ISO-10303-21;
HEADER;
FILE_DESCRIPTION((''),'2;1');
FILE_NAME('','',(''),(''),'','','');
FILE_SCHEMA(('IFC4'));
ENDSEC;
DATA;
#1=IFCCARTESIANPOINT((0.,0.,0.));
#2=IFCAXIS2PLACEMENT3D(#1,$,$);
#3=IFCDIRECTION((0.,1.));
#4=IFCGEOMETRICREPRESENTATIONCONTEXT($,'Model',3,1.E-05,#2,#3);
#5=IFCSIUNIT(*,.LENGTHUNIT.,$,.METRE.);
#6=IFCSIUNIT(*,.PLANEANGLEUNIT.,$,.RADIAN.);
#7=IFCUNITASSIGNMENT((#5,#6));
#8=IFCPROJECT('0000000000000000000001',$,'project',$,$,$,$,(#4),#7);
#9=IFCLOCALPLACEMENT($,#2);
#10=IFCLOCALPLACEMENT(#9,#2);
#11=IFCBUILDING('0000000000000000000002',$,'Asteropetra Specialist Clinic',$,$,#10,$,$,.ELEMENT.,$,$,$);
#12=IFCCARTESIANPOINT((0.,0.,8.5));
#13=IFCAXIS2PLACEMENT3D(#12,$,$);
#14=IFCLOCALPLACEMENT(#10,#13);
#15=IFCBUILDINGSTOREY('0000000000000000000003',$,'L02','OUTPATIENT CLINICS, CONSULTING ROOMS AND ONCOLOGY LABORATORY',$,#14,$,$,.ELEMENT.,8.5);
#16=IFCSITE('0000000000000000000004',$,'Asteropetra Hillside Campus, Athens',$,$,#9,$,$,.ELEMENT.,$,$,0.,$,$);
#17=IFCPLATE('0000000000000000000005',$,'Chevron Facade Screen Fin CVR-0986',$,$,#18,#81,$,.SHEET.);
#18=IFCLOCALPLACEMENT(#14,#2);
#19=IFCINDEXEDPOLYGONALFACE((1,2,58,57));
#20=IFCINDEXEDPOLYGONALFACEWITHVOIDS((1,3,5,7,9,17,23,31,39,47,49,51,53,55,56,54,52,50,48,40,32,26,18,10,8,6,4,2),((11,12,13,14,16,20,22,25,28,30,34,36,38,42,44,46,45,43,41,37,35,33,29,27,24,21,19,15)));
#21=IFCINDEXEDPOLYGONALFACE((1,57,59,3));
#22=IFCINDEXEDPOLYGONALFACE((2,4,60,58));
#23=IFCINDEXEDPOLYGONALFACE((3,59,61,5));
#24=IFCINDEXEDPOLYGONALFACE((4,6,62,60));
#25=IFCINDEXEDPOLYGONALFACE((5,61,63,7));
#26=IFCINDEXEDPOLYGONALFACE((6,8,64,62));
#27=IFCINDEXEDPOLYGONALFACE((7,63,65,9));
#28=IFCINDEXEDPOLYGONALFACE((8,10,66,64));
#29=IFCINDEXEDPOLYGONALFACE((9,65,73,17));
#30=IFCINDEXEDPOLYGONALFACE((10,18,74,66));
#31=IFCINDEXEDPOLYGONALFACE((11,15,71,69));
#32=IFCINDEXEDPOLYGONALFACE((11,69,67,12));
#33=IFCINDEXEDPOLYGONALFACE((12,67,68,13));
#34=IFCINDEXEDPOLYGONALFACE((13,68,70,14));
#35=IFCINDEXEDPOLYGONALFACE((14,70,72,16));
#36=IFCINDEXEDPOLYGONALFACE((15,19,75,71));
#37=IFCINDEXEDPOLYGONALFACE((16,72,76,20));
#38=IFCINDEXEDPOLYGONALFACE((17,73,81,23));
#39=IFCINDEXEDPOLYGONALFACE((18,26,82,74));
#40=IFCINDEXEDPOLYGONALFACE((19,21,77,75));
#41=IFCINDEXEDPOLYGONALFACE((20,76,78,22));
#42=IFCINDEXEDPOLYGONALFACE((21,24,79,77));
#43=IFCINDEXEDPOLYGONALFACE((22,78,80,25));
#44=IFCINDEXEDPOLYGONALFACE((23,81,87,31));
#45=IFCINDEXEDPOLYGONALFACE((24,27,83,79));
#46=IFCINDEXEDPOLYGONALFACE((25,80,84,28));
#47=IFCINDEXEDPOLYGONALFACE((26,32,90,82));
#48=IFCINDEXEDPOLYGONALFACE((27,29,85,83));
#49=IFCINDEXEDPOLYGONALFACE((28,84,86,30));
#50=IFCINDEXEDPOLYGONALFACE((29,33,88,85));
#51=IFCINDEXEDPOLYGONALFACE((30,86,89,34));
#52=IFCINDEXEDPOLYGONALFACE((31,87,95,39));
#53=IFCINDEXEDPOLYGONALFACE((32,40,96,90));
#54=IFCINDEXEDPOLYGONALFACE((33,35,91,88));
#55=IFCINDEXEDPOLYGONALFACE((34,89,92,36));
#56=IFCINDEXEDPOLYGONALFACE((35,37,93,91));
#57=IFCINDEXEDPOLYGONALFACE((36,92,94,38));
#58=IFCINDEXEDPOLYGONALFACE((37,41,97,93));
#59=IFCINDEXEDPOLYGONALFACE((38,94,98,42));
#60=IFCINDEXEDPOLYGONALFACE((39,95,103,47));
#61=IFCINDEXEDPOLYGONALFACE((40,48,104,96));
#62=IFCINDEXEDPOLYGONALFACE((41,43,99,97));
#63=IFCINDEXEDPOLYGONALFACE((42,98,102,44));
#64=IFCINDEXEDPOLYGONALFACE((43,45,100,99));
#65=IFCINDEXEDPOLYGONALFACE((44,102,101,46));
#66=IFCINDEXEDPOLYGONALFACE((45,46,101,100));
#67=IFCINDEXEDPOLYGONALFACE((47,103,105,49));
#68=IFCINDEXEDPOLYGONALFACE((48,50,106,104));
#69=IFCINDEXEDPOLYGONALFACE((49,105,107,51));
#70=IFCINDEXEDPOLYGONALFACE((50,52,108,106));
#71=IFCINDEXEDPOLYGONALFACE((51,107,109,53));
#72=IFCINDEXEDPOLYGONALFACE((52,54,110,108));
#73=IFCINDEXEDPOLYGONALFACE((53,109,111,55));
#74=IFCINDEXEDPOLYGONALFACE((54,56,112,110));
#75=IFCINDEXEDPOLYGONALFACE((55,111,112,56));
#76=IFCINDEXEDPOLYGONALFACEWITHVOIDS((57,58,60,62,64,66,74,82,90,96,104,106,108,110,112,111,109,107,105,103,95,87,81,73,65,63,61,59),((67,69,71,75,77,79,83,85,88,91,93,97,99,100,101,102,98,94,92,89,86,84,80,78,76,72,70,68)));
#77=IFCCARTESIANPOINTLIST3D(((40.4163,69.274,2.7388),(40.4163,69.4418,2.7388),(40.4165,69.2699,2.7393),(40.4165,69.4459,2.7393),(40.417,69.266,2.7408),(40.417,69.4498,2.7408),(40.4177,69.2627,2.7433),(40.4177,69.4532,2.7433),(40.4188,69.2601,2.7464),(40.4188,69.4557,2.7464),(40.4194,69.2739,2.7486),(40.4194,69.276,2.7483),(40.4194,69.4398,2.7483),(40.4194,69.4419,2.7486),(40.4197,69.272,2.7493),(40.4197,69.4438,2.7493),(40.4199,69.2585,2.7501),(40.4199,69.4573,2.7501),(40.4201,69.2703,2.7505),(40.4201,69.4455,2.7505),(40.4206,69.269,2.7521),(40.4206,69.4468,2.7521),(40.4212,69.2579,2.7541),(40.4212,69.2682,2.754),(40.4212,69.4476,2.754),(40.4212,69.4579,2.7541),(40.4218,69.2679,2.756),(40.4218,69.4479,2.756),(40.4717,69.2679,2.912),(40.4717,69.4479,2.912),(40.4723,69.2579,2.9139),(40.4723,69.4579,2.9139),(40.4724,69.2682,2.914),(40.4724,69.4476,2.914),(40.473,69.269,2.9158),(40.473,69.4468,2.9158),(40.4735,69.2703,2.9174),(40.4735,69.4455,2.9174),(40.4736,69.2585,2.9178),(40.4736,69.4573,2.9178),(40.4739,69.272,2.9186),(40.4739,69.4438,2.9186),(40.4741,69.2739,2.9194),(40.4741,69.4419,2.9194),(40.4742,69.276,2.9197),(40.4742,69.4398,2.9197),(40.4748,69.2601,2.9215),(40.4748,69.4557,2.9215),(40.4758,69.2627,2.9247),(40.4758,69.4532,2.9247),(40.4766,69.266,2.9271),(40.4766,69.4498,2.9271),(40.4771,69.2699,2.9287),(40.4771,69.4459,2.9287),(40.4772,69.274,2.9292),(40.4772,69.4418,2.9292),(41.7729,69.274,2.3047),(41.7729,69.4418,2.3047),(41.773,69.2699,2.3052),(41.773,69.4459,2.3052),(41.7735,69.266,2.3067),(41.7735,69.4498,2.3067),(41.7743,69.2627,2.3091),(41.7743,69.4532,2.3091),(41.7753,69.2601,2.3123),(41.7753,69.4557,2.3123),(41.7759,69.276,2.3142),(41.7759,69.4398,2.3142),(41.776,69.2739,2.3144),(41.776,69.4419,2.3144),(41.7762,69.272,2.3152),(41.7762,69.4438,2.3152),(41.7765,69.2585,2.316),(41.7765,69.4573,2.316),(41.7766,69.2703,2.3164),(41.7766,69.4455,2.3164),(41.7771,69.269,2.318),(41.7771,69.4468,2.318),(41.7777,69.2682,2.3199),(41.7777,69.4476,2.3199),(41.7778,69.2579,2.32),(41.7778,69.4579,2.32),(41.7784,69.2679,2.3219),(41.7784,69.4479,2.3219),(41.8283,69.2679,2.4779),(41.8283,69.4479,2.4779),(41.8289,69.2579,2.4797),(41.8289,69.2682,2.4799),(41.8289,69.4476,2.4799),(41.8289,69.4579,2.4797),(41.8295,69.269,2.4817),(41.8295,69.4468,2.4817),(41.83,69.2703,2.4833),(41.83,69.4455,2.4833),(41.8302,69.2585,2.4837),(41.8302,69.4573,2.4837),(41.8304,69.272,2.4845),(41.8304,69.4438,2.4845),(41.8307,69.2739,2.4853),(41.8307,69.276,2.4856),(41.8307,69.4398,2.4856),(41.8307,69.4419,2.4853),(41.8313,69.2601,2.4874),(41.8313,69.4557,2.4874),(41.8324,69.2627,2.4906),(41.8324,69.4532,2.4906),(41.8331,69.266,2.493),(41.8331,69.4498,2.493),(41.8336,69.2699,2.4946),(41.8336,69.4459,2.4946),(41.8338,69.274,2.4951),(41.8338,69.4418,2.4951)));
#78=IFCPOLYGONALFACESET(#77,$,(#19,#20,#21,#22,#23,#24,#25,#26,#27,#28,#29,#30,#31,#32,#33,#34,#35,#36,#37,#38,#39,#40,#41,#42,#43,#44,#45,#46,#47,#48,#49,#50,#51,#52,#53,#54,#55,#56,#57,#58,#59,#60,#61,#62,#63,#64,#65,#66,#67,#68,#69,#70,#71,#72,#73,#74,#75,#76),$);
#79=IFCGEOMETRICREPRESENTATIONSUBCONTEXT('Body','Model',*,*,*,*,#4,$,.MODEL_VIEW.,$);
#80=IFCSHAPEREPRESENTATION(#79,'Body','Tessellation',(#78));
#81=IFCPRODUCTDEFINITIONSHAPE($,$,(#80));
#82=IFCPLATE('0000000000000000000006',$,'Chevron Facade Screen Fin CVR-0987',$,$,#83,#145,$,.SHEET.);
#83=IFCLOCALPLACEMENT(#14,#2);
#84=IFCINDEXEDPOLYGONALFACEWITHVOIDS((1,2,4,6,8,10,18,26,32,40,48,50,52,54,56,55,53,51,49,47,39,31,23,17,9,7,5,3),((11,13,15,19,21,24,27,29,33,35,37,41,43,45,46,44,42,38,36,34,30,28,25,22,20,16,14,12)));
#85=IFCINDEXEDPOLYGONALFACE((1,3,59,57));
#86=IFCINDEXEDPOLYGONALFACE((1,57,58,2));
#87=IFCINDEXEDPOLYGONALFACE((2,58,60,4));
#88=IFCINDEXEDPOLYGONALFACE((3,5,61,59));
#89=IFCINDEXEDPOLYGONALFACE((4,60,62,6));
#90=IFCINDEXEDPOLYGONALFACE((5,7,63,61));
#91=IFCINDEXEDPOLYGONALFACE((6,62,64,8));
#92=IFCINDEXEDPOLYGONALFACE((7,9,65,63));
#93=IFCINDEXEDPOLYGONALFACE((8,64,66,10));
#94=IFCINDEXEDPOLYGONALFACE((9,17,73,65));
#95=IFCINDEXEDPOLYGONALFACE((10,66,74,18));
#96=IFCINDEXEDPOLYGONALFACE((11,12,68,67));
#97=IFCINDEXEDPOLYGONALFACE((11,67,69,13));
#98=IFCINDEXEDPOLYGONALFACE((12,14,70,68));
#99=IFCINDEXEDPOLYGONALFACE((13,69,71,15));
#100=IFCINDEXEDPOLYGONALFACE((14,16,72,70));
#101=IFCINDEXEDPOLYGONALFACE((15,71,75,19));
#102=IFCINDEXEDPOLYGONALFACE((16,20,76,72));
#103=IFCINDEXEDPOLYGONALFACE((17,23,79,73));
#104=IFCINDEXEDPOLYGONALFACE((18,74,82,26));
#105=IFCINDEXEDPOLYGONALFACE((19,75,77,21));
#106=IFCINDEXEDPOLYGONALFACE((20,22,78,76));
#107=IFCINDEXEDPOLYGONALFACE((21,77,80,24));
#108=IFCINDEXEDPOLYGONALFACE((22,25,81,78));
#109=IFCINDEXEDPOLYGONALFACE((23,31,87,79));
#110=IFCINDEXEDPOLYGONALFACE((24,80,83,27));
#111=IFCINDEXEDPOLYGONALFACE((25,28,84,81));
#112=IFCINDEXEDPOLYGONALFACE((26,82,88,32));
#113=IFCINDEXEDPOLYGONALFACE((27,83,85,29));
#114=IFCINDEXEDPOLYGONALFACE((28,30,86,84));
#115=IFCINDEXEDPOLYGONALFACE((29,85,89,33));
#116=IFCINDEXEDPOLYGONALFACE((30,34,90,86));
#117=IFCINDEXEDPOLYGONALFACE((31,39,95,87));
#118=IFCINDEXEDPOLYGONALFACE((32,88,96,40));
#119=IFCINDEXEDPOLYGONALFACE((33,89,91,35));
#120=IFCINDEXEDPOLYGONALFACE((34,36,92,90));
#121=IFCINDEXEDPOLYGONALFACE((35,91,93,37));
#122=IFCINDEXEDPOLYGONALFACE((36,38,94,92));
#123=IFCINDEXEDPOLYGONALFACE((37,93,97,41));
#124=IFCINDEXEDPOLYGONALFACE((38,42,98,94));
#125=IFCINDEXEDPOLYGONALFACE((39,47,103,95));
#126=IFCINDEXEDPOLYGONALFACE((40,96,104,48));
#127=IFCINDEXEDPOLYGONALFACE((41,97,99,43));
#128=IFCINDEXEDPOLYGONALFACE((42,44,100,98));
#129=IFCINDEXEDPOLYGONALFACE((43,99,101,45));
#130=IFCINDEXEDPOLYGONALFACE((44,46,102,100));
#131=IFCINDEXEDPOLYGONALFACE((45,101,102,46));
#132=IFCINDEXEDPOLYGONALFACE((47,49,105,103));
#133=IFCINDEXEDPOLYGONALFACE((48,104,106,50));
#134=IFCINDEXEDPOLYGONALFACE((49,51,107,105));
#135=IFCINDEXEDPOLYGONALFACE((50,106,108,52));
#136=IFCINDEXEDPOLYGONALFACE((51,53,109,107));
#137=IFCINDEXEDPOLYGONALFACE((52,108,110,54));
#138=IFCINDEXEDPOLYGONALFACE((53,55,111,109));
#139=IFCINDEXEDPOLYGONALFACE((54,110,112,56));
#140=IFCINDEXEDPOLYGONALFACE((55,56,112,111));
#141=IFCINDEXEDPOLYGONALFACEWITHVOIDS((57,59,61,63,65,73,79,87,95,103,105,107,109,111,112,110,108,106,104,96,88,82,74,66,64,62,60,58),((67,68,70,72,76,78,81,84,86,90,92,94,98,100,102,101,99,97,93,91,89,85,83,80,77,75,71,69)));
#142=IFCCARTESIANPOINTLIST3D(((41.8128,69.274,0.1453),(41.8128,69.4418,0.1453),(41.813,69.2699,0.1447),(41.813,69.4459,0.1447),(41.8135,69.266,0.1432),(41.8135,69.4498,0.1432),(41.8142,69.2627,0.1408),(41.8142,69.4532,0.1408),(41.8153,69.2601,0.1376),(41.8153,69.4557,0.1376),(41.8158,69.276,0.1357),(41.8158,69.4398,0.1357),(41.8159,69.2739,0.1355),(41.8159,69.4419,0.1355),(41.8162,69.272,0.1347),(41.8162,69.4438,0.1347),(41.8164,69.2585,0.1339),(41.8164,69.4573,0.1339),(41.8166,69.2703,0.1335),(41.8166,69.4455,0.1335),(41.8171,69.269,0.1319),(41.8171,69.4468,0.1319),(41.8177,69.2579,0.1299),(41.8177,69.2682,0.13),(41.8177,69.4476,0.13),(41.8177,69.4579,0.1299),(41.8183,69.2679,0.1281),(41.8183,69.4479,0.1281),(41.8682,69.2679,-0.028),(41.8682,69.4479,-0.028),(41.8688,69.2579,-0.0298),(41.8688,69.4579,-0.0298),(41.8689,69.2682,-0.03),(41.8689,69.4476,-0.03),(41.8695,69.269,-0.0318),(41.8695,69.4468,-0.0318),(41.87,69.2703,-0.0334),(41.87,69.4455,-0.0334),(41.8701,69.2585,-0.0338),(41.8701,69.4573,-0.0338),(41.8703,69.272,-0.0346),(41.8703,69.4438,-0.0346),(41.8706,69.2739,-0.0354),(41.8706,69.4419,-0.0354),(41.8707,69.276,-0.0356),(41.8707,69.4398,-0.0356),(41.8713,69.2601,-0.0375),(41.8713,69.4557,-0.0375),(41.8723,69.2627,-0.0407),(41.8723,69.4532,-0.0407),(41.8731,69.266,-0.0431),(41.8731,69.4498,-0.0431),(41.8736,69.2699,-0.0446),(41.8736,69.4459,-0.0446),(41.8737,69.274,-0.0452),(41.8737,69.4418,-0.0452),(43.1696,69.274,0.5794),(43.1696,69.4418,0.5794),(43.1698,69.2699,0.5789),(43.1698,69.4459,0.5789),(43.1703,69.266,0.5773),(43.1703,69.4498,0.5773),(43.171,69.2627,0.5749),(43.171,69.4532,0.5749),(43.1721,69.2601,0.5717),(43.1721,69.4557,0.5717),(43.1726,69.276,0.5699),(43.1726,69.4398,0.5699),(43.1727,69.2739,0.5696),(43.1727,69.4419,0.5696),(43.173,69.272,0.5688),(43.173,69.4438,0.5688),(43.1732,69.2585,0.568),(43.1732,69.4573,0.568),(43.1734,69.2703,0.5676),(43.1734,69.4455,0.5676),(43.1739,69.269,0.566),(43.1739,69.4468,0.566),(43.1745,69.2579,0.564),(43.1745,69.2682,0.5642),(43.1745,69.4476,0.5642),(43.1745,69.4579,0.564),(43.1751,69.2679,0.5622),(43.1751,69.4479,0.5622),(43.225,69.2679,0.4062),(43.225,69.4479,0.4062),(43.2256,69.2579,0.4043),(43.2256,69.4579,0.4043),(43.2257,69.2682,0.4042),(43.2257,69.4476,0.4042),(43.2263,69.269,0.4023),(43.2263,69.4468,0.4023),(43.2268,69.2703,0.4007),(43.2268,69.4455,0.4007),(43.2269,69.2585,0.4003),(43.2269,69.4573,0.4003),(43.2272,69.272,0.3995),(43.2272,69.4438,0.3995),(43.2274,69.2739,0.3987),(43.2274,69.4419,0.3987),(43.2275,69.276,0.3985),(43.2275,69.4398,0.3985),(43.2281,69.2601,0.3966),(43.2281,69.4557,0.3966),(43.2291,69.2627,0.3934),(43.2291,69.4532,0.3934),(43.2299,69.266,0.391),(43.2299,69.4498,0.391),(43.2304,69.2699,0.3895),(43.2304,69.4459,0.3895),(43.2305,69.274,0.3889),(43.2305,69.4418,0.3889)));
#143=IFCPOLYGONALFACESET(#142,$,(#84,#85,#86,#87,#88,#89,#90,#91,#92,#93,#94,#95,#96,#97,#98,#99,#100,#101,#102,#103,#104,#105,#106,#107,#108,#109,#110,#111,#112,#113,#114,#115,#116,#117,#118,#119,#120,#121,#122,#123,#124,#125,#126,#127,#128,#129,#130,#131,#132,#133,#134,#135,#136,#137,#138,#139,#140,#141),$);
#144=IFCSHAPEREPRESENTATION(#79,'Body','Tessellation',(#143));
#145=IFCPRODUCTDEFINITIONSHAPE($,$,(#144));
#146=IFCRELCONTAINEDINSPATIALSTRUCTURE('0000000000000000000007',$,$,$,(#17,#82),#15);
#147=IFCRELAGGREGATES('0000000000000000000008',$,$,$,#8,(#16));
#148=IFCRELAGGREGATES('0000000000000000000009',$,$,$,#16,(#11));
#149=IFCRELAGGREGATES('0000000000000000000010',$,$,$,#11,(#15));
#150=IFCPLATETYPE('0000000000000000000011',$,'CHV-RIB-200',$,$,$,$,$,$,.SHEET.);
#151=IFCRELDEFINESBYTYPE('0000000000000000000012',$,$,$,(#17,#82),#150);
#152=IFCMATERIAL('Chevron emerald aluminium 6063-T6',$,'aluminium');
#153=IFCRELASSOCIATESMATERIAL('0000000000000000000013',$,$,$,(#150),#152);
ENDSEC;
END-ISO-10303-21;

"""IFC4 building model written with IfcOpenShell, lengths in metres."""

from ifc_helpers import new_model, si_unit, direction, frame, origin, origin_2d, place, context, subcontext, project, spatial, hollow_rectangle, extrude, material, material_profile, profile_set, type_object, element, save


model = new_model("IFC4")

# Units and contexts
model_context = context("Model", 3, precision=1e-05, world=origin(), true_north=direction((0.0, 1.0)))
body_context = subcontext(model_context, "Body", "Model", "MODEL_VIEW")
ifc_project = project(units=[si_unit("LENGTHUNIT", "METRE"), si_unit("PLANEANGLEUNIT", "RADIAN")], contexts=[model_context])

# Site, building, storey
site_placement = place(None, origin())
site = spatial("IfcSite", under=ifc_project, at=site_placement, Name="Asteropetra Hillside Campus, Athens", CompositionType="ELEMENT", RefElevation=0.0)
building_placement = place(site_placement, origin())
building = spatial("IfcBuilding", under=site, at=building_placement, Name="Asteropetra Specialist Clinic", CompositionType="ELEMENT")
storey_placement = place(building_placement, frame((0.0, 0.0, 8.5)))
storey = spatial("IfcBuildingStorey", under=building, at=storey_placement, Name="L02", Description="OUTPATIENT CLINICS, CONSULTING ROOMS AND ONCOLOGY LABORATORY", CompositionType="ELEMENT", Elevation=8.5)

# Plates
ifc_material_1 = material(Name="Chevron emerald aluminium 6063-T6", Category="aluminium")
ifc_material_profile = material_profile(ifc_material_1, hollow_rectangle(XDim=0.2, YDim=0.2, WallThickness=0.01, InnerFilletRadius=0.0081, OuterFilletRadius=0.0161, at=origin_2d()), Name="SHS 200x200x10.0")
ifc_profile_set = profile_set([ifc_material_profile], Name="Chevron emerald aluminium 6063-T6")
plate_type_1 = type_object("IfcPlateType", Name="CHV-RIB-200", PredefinedType="SHEET", material=ifc_profile_set)
plate_placement = place(storey_placement, frame((40.4468, 69.3579, 2.834), z_axis=(0.95242, 0.0, -0.304788), x_axis=(0.0, 1.0, 0.0)))
element("IfcPlate", 1, at=plate_placement, inside=storey, type_object=plate_type_1, Name="Chevron Facade Screen Fin CVR-0986", PredefinedType="SHEET", context=body_context, shape_type="SweptSolid", body=[
    extrude(hollow_rectangle(XDim=0.2, YDim=0.2, WallThickness=0.01, InnerFilletRadius=0.0081, OuterFilletRadius=0.0161, at=origin_2d()), origin(), (0.0, 0.0, 1.0), 1.4243),
])
for number, where, z_axis, x_axis, name in (
    (2, (41.8433, 69.3579, 0.05), (0.952436, 0.0, 0.304738), (0.0, 1.0, 0.0), "Chevron Facade Screen Fin CVR-0987"),
):
    element("IfcPlate", number, at=place(storey_placement, frame(where, z_axis=z_axis, x_axis=x_axis)), inside=storey, type_object=plate_type_1, Name=name, PredefinedType="SHEET", context=body_context, shape_type="SweptSolid", body=[
        extrude(hollow_rectangle(XDim=0.2, YDim=0.2, WallThickness=0.01, InnerFilletRadius=0.0081, OuterFilletRadius=0.0161, at=origin_2d()), origin(), (0.0, 0.0, 1.0), 1.4246),
    ])

save(model, "model.ifc")
